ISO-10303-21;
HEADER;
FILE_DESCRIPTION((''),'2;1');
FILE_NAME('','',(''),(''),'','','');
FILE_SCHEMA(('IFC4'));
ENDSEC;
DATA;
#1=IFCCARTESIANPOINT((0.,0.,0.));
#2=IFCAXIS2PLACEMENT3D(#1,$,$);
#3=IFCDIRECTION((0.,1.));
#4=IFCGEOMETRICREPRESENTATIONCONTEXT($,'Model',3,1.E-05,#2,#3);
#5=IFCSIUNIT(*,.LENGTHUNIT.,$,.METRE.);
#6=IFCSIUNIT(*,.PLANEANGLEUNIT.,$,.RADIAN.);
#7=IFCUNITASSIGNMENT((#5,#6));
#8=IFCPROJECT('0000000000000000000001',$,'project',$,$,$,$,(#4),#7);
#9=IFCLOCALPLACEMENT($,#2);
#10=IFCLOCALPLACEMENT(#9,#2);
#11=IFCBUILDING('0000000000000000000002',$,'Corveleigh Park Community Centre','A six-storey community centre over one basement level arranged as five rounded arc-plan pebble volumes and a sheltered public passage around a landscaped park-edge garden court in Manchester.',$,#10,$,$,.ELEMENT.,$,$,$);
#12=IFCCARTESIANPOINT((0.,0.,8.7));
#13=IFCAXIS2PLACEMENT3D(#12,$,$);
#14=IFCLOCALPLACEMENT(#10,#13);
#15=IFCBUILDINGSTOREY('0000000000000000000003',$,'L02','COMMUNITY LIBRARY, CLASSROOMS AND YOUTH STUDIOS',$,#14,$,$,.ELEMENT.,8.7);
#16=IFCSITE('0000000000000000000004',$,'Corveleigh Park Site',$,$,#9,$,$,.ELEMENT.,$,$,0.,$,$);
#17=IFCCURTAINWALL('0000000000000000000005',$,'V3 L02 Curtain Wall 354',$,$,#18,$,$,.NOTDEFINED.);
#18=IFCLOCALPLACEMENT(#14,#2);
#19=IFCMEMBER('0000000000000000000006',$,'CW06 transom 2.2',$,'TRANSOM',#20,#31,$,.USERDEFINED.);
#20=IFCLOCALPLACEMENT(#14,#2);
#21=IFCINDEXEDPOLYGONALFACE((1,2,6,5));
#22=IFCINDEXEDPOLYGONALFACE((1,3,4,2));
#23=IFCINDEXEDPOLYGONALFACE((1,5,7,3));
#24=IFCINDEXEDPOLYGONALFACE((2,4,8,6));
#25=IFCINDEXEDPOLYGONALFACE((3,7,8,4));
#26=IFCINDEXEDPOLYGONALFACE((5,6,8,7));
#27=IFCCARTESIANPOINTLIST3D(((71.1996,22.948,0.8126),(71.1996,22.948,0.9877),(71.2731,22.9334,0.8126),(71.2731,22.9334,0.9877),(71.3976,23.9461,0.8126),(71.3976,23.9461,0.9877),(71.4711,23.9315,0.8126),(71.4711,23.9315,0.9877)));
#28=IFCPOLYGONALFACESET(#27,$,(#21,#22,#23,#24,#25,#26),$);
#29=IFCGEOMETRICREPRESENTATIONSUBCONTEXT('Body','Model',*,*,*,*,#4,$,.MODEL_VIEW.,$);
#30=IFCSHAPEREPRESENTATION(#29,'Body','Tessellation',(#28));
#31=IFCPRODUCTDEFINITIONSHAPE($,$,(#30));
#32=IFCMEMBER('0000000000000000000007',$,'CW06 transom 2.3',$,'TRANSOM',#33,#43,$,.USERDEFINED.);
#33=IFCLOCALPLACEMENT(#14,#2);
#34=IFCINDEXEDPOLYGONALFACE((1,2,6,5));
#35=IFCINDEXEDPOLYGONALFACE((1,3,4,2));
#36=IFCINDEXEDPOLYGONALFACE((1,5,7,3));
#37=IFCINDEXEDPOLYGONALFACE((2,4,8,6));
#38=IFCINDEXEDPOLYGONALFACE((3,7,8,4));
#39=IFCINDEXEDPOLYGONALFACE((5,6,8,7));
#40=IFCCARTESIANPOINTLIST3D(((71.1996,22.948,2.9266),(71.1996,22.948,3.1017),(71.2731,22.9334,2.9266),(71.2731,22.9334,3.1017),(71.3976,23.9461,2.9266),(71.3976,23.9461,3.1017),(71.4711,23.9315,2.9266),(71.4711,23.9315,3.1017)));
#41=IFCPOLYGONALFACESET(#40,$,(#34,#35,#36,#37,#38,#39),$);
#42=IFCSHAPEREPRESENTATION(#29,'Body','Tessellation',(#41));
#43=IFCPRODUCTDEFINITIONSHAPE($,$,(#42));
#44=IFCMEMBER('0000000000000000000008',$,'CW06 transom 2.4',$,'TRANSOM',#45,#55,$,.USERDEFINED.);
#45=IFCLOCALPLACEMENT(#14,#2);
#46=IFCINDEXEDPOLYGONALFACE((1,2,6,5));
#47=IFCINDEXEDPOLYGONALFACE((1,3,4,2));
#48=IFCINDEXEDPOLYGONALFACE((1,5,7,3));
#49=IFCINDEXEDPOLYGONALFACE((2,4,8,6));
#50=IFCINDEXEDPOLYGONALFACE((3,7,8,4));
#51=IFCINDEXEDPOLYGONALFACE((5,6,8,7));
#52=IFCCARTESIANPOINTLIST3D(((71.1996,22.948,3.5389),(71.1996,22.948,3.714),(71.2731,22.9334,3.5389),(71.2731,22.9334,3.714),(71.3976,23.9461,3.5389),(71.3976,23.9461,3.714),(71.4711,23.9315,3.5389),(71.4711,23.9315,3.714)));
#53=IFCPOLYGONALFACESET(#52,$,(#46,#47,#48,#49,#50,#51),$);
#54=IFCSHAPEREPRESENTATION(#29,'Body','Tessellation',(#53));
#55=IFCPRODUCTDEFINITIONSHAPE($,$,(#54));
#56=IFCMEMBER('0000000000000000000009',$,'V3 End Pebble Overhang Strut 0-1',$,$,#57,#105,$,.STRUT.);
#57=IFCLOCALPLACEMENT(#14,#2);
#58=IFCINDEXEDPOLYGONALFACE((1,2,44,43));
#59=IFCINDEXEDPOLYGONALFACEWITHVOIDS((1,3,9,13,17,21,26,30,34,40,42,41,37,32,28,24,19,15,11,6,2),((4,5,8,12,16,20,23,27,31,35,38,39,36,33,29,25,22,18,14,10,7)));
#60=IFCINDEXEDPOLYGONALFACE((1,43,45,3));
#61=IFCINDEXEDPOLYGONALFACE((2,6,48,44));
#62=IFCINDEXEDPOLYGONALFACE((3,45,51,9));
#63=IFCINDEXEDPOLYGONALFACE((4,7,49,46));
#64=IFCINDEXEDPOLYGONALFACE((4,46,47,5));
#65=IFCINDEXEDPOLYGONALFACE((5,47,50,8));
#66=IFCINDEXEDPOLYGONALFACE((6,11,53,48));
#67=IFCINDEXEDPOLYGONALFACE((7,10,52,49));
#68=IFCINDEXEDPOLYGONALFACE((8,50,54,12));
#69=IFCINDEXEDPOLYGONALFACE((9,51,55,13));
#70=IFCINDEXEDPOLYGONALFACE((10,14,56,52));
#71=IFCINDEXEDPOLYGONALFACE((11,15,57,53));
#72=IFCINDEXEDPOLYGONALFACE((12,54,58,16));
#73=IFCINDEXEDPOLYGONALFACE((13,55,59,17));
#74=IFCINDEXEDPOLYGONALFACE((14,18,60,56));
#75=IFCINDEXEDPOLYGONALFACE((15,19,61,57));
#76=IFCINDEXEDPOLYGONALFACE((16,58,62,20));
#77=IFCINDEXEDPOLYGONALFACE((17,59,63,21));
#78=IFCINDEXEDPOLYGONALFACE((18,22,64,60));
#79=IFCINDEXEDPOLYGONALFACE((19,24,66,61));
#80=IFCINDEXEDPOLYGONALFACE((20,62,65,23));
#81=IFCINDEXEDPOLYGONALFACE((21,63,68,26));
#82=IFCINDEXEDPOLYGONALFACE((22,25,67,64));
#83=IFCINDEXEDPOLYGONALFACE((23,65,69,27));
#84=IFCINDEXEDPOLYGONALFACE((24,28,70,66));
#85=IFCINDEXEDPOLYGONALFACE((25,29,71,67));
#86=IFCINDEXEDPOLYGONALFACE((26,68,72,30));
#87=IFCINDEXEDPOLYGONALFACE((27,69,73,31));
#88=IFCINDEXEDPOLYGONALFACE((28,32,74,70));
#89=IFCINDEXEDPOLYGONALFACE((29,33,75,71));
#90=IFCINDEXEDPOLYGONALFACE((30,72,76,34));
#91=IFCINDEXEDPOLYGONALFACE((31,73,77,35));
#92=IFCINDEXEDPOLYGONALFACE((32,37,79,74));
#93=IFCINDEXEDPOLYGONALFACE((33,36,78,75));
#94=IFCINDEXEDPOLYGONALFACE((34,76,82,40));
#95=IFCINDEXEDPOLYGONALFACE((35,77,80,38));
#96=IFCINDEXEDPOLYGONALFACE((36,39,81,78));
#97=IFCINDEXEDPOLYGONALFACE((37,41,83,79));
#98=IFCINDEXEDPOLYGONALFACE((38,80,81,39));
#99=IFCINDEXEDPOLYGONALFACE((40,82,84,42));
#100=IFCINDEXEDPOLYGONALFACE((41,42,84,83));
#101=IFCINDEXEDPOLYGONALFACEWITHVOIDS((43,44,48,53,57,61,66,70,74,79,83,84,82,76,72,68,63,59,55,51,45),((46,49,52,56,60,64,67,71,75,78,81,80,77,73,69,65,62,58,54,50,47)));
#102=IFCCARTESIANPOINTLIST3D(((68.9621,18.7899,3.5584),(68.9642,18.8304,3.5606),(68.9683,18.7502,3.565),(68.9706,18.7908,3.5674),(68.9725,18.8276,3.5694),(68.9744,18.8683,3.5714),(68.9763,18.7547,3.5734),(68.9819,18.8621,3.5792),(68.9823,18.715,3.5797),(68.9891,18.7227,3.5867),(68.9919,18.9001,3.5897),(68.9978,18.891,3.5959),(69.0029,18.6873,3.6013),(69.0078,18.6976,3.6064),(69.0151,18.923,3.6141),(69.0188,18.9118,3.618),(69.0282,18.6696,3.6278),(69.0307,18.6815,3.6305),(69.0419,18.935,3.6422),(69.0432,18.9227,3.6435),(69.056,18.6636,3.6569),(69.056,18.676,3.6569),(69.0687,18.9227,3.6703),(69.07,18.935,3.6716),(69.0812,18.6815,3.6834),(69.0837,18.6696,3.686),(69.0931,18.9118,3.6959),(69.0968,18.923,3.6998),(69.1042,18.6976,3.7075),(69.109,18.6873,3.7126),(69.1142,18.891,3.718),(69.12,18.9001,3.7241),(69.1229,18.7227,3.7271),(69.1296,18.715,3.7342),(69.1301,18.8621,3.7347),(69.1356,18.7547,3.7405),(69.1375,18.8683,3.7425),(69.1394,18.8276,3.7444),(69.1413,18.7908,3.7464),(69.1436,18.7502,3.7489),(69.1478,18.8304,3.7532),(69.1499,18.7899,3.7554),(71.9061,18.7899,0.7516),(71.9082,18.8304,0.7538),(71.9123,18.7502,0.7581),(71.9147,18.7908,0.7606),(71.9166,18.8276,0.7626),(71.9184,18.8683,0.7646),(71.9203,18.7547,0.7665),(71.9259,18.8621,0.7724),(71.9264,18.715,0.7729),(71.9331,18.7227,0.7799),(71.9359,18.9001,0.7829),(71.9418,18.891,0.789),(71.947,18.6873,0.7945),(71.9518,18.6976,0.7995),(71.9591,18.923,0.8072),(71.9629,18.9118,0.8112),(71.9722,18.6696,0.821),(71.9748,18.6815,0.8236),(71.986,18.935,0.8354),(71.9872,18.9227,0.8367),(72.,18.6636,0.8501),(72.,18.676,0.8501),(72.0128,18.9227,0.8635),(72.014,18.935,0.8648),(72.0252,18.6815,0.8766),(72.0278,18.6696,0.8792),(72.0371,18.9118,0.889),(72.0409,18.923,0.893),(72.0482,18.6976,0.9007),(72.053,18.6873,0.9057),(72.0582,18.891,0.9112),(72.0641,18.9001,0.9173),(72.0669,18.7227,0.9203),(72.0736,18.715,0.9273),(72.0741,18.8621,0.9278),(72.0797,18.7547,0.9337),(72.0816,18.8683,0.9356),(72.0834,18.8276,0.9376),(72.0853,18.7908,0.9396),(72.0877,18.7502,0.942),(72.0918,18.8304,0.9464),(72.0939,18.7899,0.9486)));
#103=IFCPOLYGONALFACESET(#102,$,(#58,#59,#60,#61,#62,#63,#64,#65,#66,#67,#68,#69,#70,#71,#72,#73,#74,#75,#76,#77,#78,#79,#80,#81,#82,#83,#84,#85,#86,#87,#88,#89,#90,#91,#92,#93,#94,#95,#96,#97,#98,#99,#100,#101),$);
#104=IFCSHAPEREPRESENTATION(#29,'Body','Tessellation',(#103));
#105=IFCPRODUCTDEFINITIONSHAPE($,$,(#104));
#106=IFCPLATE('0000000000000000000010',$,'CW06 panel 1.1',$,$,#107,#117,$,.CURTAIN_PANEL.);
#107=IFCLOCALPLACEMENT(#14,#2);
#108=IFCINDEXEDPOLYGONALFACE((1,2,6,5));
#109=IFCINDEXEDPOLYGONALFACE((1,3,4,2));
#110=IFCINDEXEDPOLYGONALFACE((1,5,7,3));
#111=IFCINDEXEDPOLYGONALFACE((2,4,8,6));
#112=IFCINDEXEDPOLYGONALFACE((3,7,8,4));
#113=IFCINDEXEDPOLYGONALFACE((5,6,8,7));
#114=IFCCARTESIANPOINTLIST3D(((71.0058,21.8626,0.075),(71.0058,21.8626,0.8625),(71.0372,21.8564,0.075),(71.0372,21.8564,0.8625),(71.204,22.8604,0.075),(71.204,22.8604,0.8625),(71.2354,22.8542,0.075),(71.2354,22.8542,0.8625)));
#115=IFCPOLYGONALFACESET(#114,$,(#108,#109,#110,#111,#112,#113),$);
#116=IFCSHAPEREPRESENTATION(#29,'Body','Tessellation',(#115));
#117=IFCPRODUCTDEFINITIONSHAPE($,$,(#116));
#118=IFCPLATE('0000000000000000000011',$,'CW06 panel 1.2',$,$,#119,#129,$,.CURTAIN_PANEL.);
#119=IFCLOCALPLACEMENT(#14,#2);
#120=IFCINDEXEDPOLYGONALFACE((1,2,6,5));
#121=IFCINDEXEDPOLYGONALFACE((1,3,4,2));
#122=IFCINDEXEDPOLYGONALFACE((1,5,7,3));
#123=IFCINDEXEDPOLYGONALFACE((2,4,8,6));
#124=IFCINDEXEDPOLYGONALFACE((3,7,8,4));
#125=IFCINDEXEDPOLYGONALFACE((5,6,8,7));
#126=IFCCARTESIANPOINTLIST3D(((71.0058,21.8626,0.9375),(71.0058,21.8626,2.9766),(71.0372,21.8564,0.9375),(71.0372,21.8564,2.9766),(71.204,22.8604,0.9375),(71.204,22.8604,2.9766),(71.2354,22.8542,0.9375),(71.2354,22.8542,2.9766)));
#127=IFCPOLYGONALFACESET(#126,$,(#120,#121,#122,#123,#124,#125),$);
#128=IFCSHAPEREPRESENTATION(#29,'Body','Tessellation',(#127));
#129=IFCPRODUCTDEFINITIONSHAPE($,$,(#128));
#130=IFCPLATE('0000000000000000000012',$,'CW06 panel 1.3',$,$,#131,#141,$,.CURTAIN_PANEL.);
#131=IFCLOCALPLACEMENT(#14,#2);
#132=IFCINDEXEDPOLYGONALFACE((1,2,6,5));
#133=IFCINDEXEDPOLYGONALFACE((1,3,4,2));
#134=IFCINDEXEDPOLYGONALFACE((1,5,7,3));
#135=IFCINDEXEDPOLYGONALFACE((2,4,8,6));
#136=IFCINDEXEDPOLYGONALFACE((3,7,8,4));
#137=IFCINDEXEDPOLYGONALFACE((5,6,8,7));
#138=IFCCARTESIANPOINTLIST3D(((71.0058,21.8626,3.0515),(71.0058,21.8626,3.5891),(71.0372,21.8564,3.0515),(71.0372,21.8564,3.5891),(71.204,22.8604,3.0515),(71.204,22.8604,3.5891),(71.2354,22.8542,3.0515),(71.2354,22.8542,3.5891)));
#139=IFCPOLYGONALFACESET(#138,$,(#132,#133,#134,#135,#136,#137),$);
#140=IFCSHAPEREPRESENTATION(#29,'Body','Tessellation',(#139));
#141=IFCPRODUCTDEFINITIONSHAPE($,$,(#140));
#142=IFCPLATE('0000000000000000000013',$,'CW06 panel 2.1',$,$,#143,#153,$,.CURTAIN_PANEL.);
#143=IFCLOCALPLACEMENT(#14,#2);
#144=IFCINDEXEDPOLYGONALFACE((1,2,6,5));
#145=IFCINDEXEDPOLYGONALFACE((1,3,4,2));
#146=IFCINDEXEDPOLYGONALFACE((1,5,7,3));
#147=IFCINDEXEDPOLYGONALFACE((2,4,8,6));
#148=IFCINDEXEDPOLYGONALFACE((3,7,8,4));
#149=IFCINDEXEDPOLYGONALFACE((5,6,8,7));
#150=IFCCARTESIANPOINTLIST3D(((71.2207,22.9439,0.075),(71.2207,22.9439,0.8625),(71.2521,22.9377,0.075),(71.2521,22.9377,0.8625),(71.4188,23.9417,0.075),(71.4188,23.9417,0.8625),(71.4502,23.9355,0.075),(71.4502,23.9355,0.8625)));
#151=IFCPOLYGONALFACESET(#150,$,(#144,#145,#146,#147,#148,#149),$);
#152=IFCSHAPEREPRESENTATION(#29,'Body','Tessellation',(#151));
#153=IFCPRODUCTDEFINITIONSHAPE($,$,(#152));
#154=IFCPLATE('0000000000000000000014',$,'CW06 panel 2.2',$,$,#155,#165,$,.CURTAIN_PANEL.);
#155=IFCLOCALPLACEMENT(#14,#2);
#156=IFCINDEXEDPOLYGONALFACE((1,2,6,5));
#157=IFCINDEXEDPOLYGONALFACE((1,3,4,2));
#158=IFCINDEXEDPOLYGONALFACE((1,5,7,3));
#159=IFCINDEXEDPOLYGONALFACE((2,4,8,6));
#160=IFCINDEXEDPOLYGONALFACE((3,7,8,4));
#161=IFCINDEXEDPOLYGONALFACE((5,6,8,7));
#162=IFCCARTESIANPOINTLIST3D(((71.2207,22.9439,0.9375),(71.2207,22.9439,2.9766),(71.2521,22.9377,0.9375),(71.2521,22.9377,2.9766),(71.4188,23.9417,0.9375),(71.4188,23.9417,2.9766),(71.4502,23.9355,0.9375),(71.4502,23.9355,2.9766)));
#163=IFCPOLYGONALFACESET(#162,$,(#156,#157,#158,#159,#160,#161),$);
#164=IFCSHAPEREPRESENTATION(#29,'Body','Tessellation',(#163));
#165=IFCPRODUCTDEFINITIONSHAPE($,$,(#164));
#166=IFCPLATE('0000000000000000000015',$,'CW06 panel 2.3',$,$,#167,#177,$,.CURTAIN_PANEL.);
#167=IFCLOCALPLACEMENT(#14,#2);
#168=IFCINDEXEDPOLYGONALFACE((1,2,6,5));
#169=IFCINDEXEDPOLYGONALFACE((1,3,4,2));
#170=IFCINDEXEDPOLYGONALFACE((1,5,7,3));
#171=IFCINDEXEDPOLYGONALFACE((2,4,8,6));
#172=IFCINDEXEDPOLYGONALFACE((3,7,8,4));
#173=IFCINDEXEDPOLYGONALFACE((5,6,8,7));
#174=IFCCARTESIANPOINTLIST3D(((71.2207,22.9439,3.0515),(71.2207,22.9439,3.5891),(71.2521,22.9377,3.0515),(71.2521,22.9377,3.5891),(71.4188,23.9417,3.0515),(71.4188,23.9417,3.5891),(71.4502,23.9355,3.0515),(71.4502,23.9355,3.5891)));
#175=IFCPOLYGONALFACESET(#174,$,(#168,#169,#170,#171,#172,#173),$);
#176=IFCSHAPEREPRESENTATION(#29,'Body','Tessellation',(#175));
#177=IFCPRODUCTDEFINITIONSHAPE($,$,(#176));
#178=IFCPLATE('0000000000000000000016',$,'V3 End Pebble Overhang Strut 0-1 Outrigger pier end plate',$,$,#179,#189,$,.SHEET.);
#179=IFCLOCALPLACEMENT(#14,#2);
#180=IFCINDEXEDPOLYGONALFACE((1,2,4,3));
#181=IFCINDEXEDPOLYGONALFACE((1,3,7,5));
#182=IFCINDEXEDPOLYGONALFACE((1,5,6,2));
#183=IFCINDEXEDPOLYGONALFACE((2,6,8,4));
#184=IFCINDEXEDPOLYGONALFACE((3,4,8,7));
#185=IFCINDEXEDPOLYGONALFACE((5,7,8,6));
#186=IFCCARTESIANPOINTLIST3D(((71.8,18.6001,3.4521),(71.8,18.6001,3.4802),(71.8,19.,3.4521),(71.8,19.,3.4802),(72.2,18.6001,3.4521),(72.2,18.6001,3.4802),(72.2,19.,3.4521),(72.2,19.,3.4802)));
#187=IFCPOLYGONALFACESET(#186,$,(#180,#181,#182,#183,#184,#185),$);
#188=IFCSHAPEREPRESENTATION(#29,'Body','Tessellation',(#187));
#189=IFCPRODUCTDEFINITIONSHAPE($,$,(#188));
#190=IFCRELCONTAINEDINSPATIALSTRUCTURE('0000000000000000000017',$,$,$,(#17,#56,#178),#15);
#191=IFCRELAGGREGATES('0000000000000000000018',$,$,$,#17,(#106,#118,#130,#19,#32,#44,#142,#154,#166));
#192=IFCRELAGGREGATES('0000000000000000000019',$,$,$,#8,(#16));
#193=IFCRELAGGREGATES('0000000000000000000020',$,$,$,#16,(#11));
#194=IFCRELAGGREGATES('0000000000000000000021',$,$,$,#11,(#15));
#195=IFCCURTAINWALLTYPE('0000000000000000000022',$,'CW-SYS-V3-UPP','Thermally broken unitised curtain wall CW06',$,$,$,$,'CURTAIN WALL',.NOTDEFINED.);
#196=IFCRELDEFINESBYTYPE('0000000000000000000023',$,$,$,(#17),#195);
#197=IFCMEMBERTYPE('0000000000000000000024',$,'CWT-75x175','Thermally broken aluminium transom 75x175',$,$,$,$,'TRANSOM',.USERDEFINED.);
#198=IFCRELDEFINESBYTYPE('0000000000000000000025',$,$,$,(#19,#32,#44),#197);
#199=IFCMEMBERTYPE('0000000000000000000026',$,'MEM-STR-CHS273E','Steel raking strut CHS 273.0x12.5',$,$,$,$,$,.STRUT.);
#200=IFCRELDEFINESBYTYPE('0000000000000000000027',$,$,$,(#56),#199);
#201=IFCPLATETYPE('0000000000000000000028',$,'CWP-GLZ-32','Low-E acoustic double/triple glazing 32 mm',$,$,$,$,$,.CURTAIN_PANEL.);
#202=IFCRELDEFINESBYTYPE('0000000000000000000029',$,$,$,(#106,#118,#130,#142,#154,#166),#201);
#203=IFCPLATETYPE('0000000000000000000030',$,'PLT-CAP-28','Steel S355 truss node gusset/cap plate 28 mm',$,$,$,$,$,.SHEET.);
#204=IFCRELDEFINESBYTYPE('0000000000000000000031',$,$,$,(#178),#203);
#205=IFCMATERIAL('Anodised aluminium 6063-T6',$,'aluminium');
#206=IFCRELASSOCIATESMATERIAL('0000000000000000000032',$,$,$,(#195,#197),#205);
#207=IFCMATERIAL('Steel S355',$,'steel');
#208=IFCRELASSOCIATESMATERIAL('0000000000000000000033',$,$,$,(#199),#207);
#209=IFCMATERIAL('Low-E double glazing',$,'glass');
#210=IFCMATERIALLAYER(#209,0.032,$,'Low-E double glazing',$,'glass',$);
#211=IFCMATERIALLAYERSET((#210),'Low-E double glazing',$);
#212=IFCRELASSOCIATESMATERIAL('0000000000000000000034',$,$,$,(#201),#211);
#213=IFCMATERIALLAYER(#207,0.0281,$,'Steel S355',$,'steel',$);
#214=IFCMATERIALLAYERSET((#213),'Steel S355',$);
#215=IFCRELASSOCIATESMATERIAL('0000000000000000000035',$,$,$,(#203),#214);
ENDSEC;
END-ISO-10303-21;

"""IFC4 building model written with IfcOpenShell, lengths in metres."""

from ifc_helpers import new_model, si_unit, direction, frame, origin, origin_2d, place, context, subcontext, project, spatial, rectangle, hollow_circle, extrude, material, layer, layer_set, material_profile, profile_set, type_object, element, aggregate, save


model = new_model("IFC4")

# Units and contexts
model_context = context("Model", 3, precision=1e-05, world=origin(), true_north=direction((0.0, 1.0)))
body_context = subcontext(model_context, "Body", "Model", "MODEL_VIEW")
ifc_project = project(units=[si_unit("LENGTHUNIT", "METRE"), si_unit("PLANEANGLEUNIT", "RADIAN")], contexts=[model_context])

# Site, building, storey
site_placement = place(None, origin())
site = spatial("IfcSite", under=ifc_project, at=site_placement, Name="Corveleigh Park Site", CompositionType="ELEMENT", RefElevation=0.0)
building_placement = place(site_placement, origin())
building = spatial("IfcBuilding", under=site, at=building_placement, Name="Corveleigh Park Community Centre", Description="A six-storey community centre over one basement level arranged as five rounded arc-plan pebble volumes and a sheltered public passage around a landscaped park-edge garden court in Manchester.", CompositionType="ELEMENT")
storey_placement = place(building_placement, frame((0.0, 0.0, 8.7)))
storey = spatial("IfcBuildingStorey", under=building, at=storey_placement, Name="L02", Description="COMMUNITY LIBRARY, CLASSROOMS AND YOUTH STUDIOS", CompositionType="ELEMENT", Elevation=8.7)

# Shared definitions
ifc_material_1 = material(Name="Steel S355", Category="steel")

# Curtain wall, members
ifc_material_2 = material(Name="Anodised aluminium 6063-T6", Category="aluminium")
curtain_wall_type = type_object("IfcCurtainWallType", Name="CW-SYS-V3-UPP", Description="Thermally broken unitised curtain wall CW06", ElementType="CURTAIN WALL", PredefinedType="NOTDEFINED", material=ifc_material_2)
curtain_wall_placement = place(storey_placement, origin())
curtain_wall = element("IfcCurtainWall", 1, at=curtain_wall_placement, inside=storey, type_object=curtain_wall_type, Name="V3 L02 Curtain Wall 354", PredefinedType="NOTDEFINED")
ifc_material_profile_1 = material_profile(ifc_material_2, rectangle(XDim=0.075, YDim=0.175, at=origin_2d()), Name="ALU-T75x175", Category="aluminium")
ifc_profile_set_1 = profile_set([ifc_material_profile_1], Name="Anodised aluminium 6063-T6")
member_type_1 = type_object("IfcMemberType", Name="CWT-75x175", Description="Thermally broken aluminium transom 75x175", ElementType="TRANSOM", PredefinedType="USERDEFINED", material=ifc_profile_set_1)
member_1_placement = place(storey_placement, frame((71.2363, 22.9407, 0.9001), z_axis=(0.194593, 0.980884, 0.0), x_axis=(-0.980884, 0.194593, 0.0)))
member_1 = element("IfcMember", 2, at=member_1_placement, type_object=member_type_1, Name="CW06 transom 2.2", ObjectType="TRANSOM", PredefinedType="USERDEFINED", context=body_context, shape_type="SweptSolid", body=[
    extrude(rectangle(XDim=0.075, YDim=0.175, at=origin_2d()), origin(), (0.0, 0.0, 1.0), 1.0176),
])
member_2_placement = place(storey_placement, frame((71.2363, 22.9407, 3.0142), z_axis=(0.194593, 0.980884, 0.0), x_axis=(-0.980884, 0.194593, 0.0)))
member_2 = element("IfcMember", 3, at=member_2_placement, type_object=member_type_1, Name="CW06 transom 2.3", ObjectType="TRANSOM", PredefinedType="USERDEFINED", context=body_context, shape_type="SweptSolid", body=[
    extrude(rectangle(XDim=0.075, YDim=0.175, at=origin_2d()), origin(), (0.0, 0.0, 1.0), 1.0176),
])
member_3_placement = place(storey_placement, frame((71.2363, 22.9407, 3.6265), z_axis=(0.194593, 0.980884, 0.0), x_axis=(-0.980884, 0.194593, 0.0)))
member_3 = element("IfcMember", 4, at=member_3_placement, type_object=member_type_1, Name="CW06 transom 2.4", ObjectType="TRANSOM", PredefinedType="USERDEFINED", context=body_context, shape_type="SweptSolid", body=[
    extrude(rectangle(XDim=0.075, YDim=0.175, at=origin_2d()), origin(), (0.0, 0.0, 1.0), 1.0176),
])

# Member
ifc_material_profile_2 = material_profile(ifc_material_1, hollow_circle(Radius=0.1365, WallThickness=0.0125, at=origin_2d()), Name="CHS 273.0x12.5", Category="steel")
ifc_profile_set_2 = profile_set([ifc_material_profile_2], Name="Steel S355")
member_type_2 = type_object("IfcMemberType", Name="MEM-STR-CHS273E", Description="Steel raking strut CHS 273.0x12.5", PredefinedType="STRUT", material=ifc_profile_set_2)
member_4_placement = place(storey_placement, frame((72.0, 18.8, 0.8501), z_axis=(-0.723771, 0.0, 0.69004), x_axis=(0.0, -1.0, 0.0)))
element("IfcMember", 5, at=member_4_placement, inside=storey, type_object=member_type_2, Name="V3 End Pebble Overhang Strut 0-1", PredefinedType="STRUT", context=body_context, shape_type="SweptSolid", body=[
    extrude(hollow_circle(Radius=0.1365, WallThickness=0.0125, at=origin_2d()), origin(), (0.0, 0.0, 1.0), 4.0676),
])

# Plates
ifc_material_3 = material(Name="Low-E double glazing", Category="glass")
ifc_layer_1 = layer(ifc_material_3, 0.032, Name="Low-E double glazing", Category="glass")
ifc_layer_set_1 = layer_set([ifc_layer_1], Name="Low-E double glazing")
plate_type_1 = type_object("IfcPlateType", Name="CWP-GLZ-32", Description="Low-E acoustic double/triple glazing 32 mm", PredefinedType="CURTAIN_PANEL", material=ifc_layer_set_1)
plate_1_placement = place(storey_placement, frame((71.1206, 22.3584, 0.075), z_axis=(0.0, 0.0, 1.0), x_axis=(0.194772, 0.980848, 0.0)))
plate_1 = element("IfcPlate", 6, at=plate_1_placement, type_object=plate_type_1, Name="CW06 panel 1.1", PredefinedType="CURTAIN_PANEL", context=body_context, shape_type="SweptSolid", body=[
    extrude(rectangle(XDim=1.0173, YDim=0.032, at=origin_2d()), origin(), (0.0, 0.0, 1.0), 0.7876),
])
plate_2_placement = place(storey_placement, frame((71.1206, 22.3584, 0.9375), z_axis=(0.0, 0.0, 1.0), x_axis=(0.194772, 0.980848, 0.0)))
plate_2 = element("IfcPlate", 7, at=plate_2_placement, type_object=plate_type_1, Name="CW06 panel 1.2", PredefinedType="CURTAIN_PANEL", context=body_context, shape_type="SweptSolid", body=[
    extrude(rectangle(XDim=1.0173, YDim=0.032, at=origin_2d()), origin(), (0.0, 0.0, 1.0), 2.0391),
])
plate_3_placement = place(storey_placement, frame((71.1206, 22.3584, 3.0515), z_axis=(0.0, 0.0, 1.0), x_axis=(0.194772, 0.980848, 0.0)))
plate_3 = element("IfcPlate", 8, at=plate_3_placement, type_object=plate_type_1, Name="CW06 panel 1.3", PredefinedType="CURTAIN_PANEL", context=body_context, shape_type="SweptSolid", body=[
    extrude(rectangle(XDim=1.0173, YDim=0.032, at=origin_2d()), origin(), (0.0, 0.0, 1.0), 0.5376),
])
plate_4_placement = place(storey_placement, frame((71.3354, 23.4397, 0.075), z_axis=(0.0, 0.0, 1.0), x_axis=(0.194772, 0.980848, 0.0)))
plate_4 = element("IfcPlate", 9, at=plate_4_placement, type_object=plate_type_1, Name="CW06 panel 2.1", PredefinedType="CURTAIN_PANEL", context=body_context, shape_type="SweptSolid", body=[
    extrude(rectangle(XDim=1.0173, YDim=0.032, at=origin_2d()), origin(), (0.0, 0.0, 1.0), 0.7876),
])
plate_5_placement = place(storey_placement, frame((71.3354, 23.4397, 0.9375), z_axis=(0.0, 0.0, 1.0), x_axis=(0.194772, 0.980848, 0.0)))
plate_5 = element("IfcPlate", 10, at=plate_5_placement, type_object=plate_type_1, Name="CW06 panel 2.2", PredefinedType="CURTAIN_PANEL", context=body_context, shape_type="SweptSolid", body=[
    extrude(rectangle(XDim=1.0173, YDim=0.032, at=origin_2d()), origin(), (0.0, 0.0, 1.0), 2.0391),
])
plate_6_placement = place(storey_placement, frame((71.3354, 23.4397, 3.0515), z_axis=(0.0, 0.0, 1.0), x_axis=(0.194772, 0.980848, 0.0)))
plate_6 = element("IfcPlate", 11, at=plate_6_placement, type_object=plate_type_1, Name="CW06 panel 2.3", PredefinedType="CURTAIN_PANEL", context=body_context, shape_type="SweptSolid", body=[
    extrude(rectangle(XDim=1.0173, YDim=0.032, at=origin_2d()), origin(), (0.0, 0.0, 1.0), 0.5376),
])
aggregate(curtain_wall, [plate_1, plate_2, plate_3, member_1, member_2, member_3, plate_4, plate_5, plate_6])

# Plate
ifc_layer_2 = layer(ifc_material_1, 0.0281, Name="Steel S355", Category="steel")
ifc_layer_set_2 = layer_set([ifc_layer_2], Name="Steel S355")
plate_type_2 = type_object("IfcPlateType", Name="PLT-CAP-28", Description="Steel S355 truss node gusset/cap plate 28 mm", PredefinedType="SHEET", material=ifc_layer_set_2)
plate_7_placement = place(storey_placement, frame((72.0, 18.8, 3.4521), z_axis=(0.0, 0.0, 1.0), x_axis=(1.0, 0.0, 0.0)))
element("IfcPlate", 12, at=plate_7_placement, inside=storey, type_object=plate_type_2, Name="V3 End Pebble Overhang Strut 0-1 Outrigger pier end plate", PredefinedType="SHEET", context=body_context, shape_type="SweptSolid", body=[
    extrude(rectangle(XDim=0.3999, YDim=0.3999, at=origin_2d()), origin(), (0.0, 0.0, 1.0), 0.0281),
])

save(model, "model.ifc")
